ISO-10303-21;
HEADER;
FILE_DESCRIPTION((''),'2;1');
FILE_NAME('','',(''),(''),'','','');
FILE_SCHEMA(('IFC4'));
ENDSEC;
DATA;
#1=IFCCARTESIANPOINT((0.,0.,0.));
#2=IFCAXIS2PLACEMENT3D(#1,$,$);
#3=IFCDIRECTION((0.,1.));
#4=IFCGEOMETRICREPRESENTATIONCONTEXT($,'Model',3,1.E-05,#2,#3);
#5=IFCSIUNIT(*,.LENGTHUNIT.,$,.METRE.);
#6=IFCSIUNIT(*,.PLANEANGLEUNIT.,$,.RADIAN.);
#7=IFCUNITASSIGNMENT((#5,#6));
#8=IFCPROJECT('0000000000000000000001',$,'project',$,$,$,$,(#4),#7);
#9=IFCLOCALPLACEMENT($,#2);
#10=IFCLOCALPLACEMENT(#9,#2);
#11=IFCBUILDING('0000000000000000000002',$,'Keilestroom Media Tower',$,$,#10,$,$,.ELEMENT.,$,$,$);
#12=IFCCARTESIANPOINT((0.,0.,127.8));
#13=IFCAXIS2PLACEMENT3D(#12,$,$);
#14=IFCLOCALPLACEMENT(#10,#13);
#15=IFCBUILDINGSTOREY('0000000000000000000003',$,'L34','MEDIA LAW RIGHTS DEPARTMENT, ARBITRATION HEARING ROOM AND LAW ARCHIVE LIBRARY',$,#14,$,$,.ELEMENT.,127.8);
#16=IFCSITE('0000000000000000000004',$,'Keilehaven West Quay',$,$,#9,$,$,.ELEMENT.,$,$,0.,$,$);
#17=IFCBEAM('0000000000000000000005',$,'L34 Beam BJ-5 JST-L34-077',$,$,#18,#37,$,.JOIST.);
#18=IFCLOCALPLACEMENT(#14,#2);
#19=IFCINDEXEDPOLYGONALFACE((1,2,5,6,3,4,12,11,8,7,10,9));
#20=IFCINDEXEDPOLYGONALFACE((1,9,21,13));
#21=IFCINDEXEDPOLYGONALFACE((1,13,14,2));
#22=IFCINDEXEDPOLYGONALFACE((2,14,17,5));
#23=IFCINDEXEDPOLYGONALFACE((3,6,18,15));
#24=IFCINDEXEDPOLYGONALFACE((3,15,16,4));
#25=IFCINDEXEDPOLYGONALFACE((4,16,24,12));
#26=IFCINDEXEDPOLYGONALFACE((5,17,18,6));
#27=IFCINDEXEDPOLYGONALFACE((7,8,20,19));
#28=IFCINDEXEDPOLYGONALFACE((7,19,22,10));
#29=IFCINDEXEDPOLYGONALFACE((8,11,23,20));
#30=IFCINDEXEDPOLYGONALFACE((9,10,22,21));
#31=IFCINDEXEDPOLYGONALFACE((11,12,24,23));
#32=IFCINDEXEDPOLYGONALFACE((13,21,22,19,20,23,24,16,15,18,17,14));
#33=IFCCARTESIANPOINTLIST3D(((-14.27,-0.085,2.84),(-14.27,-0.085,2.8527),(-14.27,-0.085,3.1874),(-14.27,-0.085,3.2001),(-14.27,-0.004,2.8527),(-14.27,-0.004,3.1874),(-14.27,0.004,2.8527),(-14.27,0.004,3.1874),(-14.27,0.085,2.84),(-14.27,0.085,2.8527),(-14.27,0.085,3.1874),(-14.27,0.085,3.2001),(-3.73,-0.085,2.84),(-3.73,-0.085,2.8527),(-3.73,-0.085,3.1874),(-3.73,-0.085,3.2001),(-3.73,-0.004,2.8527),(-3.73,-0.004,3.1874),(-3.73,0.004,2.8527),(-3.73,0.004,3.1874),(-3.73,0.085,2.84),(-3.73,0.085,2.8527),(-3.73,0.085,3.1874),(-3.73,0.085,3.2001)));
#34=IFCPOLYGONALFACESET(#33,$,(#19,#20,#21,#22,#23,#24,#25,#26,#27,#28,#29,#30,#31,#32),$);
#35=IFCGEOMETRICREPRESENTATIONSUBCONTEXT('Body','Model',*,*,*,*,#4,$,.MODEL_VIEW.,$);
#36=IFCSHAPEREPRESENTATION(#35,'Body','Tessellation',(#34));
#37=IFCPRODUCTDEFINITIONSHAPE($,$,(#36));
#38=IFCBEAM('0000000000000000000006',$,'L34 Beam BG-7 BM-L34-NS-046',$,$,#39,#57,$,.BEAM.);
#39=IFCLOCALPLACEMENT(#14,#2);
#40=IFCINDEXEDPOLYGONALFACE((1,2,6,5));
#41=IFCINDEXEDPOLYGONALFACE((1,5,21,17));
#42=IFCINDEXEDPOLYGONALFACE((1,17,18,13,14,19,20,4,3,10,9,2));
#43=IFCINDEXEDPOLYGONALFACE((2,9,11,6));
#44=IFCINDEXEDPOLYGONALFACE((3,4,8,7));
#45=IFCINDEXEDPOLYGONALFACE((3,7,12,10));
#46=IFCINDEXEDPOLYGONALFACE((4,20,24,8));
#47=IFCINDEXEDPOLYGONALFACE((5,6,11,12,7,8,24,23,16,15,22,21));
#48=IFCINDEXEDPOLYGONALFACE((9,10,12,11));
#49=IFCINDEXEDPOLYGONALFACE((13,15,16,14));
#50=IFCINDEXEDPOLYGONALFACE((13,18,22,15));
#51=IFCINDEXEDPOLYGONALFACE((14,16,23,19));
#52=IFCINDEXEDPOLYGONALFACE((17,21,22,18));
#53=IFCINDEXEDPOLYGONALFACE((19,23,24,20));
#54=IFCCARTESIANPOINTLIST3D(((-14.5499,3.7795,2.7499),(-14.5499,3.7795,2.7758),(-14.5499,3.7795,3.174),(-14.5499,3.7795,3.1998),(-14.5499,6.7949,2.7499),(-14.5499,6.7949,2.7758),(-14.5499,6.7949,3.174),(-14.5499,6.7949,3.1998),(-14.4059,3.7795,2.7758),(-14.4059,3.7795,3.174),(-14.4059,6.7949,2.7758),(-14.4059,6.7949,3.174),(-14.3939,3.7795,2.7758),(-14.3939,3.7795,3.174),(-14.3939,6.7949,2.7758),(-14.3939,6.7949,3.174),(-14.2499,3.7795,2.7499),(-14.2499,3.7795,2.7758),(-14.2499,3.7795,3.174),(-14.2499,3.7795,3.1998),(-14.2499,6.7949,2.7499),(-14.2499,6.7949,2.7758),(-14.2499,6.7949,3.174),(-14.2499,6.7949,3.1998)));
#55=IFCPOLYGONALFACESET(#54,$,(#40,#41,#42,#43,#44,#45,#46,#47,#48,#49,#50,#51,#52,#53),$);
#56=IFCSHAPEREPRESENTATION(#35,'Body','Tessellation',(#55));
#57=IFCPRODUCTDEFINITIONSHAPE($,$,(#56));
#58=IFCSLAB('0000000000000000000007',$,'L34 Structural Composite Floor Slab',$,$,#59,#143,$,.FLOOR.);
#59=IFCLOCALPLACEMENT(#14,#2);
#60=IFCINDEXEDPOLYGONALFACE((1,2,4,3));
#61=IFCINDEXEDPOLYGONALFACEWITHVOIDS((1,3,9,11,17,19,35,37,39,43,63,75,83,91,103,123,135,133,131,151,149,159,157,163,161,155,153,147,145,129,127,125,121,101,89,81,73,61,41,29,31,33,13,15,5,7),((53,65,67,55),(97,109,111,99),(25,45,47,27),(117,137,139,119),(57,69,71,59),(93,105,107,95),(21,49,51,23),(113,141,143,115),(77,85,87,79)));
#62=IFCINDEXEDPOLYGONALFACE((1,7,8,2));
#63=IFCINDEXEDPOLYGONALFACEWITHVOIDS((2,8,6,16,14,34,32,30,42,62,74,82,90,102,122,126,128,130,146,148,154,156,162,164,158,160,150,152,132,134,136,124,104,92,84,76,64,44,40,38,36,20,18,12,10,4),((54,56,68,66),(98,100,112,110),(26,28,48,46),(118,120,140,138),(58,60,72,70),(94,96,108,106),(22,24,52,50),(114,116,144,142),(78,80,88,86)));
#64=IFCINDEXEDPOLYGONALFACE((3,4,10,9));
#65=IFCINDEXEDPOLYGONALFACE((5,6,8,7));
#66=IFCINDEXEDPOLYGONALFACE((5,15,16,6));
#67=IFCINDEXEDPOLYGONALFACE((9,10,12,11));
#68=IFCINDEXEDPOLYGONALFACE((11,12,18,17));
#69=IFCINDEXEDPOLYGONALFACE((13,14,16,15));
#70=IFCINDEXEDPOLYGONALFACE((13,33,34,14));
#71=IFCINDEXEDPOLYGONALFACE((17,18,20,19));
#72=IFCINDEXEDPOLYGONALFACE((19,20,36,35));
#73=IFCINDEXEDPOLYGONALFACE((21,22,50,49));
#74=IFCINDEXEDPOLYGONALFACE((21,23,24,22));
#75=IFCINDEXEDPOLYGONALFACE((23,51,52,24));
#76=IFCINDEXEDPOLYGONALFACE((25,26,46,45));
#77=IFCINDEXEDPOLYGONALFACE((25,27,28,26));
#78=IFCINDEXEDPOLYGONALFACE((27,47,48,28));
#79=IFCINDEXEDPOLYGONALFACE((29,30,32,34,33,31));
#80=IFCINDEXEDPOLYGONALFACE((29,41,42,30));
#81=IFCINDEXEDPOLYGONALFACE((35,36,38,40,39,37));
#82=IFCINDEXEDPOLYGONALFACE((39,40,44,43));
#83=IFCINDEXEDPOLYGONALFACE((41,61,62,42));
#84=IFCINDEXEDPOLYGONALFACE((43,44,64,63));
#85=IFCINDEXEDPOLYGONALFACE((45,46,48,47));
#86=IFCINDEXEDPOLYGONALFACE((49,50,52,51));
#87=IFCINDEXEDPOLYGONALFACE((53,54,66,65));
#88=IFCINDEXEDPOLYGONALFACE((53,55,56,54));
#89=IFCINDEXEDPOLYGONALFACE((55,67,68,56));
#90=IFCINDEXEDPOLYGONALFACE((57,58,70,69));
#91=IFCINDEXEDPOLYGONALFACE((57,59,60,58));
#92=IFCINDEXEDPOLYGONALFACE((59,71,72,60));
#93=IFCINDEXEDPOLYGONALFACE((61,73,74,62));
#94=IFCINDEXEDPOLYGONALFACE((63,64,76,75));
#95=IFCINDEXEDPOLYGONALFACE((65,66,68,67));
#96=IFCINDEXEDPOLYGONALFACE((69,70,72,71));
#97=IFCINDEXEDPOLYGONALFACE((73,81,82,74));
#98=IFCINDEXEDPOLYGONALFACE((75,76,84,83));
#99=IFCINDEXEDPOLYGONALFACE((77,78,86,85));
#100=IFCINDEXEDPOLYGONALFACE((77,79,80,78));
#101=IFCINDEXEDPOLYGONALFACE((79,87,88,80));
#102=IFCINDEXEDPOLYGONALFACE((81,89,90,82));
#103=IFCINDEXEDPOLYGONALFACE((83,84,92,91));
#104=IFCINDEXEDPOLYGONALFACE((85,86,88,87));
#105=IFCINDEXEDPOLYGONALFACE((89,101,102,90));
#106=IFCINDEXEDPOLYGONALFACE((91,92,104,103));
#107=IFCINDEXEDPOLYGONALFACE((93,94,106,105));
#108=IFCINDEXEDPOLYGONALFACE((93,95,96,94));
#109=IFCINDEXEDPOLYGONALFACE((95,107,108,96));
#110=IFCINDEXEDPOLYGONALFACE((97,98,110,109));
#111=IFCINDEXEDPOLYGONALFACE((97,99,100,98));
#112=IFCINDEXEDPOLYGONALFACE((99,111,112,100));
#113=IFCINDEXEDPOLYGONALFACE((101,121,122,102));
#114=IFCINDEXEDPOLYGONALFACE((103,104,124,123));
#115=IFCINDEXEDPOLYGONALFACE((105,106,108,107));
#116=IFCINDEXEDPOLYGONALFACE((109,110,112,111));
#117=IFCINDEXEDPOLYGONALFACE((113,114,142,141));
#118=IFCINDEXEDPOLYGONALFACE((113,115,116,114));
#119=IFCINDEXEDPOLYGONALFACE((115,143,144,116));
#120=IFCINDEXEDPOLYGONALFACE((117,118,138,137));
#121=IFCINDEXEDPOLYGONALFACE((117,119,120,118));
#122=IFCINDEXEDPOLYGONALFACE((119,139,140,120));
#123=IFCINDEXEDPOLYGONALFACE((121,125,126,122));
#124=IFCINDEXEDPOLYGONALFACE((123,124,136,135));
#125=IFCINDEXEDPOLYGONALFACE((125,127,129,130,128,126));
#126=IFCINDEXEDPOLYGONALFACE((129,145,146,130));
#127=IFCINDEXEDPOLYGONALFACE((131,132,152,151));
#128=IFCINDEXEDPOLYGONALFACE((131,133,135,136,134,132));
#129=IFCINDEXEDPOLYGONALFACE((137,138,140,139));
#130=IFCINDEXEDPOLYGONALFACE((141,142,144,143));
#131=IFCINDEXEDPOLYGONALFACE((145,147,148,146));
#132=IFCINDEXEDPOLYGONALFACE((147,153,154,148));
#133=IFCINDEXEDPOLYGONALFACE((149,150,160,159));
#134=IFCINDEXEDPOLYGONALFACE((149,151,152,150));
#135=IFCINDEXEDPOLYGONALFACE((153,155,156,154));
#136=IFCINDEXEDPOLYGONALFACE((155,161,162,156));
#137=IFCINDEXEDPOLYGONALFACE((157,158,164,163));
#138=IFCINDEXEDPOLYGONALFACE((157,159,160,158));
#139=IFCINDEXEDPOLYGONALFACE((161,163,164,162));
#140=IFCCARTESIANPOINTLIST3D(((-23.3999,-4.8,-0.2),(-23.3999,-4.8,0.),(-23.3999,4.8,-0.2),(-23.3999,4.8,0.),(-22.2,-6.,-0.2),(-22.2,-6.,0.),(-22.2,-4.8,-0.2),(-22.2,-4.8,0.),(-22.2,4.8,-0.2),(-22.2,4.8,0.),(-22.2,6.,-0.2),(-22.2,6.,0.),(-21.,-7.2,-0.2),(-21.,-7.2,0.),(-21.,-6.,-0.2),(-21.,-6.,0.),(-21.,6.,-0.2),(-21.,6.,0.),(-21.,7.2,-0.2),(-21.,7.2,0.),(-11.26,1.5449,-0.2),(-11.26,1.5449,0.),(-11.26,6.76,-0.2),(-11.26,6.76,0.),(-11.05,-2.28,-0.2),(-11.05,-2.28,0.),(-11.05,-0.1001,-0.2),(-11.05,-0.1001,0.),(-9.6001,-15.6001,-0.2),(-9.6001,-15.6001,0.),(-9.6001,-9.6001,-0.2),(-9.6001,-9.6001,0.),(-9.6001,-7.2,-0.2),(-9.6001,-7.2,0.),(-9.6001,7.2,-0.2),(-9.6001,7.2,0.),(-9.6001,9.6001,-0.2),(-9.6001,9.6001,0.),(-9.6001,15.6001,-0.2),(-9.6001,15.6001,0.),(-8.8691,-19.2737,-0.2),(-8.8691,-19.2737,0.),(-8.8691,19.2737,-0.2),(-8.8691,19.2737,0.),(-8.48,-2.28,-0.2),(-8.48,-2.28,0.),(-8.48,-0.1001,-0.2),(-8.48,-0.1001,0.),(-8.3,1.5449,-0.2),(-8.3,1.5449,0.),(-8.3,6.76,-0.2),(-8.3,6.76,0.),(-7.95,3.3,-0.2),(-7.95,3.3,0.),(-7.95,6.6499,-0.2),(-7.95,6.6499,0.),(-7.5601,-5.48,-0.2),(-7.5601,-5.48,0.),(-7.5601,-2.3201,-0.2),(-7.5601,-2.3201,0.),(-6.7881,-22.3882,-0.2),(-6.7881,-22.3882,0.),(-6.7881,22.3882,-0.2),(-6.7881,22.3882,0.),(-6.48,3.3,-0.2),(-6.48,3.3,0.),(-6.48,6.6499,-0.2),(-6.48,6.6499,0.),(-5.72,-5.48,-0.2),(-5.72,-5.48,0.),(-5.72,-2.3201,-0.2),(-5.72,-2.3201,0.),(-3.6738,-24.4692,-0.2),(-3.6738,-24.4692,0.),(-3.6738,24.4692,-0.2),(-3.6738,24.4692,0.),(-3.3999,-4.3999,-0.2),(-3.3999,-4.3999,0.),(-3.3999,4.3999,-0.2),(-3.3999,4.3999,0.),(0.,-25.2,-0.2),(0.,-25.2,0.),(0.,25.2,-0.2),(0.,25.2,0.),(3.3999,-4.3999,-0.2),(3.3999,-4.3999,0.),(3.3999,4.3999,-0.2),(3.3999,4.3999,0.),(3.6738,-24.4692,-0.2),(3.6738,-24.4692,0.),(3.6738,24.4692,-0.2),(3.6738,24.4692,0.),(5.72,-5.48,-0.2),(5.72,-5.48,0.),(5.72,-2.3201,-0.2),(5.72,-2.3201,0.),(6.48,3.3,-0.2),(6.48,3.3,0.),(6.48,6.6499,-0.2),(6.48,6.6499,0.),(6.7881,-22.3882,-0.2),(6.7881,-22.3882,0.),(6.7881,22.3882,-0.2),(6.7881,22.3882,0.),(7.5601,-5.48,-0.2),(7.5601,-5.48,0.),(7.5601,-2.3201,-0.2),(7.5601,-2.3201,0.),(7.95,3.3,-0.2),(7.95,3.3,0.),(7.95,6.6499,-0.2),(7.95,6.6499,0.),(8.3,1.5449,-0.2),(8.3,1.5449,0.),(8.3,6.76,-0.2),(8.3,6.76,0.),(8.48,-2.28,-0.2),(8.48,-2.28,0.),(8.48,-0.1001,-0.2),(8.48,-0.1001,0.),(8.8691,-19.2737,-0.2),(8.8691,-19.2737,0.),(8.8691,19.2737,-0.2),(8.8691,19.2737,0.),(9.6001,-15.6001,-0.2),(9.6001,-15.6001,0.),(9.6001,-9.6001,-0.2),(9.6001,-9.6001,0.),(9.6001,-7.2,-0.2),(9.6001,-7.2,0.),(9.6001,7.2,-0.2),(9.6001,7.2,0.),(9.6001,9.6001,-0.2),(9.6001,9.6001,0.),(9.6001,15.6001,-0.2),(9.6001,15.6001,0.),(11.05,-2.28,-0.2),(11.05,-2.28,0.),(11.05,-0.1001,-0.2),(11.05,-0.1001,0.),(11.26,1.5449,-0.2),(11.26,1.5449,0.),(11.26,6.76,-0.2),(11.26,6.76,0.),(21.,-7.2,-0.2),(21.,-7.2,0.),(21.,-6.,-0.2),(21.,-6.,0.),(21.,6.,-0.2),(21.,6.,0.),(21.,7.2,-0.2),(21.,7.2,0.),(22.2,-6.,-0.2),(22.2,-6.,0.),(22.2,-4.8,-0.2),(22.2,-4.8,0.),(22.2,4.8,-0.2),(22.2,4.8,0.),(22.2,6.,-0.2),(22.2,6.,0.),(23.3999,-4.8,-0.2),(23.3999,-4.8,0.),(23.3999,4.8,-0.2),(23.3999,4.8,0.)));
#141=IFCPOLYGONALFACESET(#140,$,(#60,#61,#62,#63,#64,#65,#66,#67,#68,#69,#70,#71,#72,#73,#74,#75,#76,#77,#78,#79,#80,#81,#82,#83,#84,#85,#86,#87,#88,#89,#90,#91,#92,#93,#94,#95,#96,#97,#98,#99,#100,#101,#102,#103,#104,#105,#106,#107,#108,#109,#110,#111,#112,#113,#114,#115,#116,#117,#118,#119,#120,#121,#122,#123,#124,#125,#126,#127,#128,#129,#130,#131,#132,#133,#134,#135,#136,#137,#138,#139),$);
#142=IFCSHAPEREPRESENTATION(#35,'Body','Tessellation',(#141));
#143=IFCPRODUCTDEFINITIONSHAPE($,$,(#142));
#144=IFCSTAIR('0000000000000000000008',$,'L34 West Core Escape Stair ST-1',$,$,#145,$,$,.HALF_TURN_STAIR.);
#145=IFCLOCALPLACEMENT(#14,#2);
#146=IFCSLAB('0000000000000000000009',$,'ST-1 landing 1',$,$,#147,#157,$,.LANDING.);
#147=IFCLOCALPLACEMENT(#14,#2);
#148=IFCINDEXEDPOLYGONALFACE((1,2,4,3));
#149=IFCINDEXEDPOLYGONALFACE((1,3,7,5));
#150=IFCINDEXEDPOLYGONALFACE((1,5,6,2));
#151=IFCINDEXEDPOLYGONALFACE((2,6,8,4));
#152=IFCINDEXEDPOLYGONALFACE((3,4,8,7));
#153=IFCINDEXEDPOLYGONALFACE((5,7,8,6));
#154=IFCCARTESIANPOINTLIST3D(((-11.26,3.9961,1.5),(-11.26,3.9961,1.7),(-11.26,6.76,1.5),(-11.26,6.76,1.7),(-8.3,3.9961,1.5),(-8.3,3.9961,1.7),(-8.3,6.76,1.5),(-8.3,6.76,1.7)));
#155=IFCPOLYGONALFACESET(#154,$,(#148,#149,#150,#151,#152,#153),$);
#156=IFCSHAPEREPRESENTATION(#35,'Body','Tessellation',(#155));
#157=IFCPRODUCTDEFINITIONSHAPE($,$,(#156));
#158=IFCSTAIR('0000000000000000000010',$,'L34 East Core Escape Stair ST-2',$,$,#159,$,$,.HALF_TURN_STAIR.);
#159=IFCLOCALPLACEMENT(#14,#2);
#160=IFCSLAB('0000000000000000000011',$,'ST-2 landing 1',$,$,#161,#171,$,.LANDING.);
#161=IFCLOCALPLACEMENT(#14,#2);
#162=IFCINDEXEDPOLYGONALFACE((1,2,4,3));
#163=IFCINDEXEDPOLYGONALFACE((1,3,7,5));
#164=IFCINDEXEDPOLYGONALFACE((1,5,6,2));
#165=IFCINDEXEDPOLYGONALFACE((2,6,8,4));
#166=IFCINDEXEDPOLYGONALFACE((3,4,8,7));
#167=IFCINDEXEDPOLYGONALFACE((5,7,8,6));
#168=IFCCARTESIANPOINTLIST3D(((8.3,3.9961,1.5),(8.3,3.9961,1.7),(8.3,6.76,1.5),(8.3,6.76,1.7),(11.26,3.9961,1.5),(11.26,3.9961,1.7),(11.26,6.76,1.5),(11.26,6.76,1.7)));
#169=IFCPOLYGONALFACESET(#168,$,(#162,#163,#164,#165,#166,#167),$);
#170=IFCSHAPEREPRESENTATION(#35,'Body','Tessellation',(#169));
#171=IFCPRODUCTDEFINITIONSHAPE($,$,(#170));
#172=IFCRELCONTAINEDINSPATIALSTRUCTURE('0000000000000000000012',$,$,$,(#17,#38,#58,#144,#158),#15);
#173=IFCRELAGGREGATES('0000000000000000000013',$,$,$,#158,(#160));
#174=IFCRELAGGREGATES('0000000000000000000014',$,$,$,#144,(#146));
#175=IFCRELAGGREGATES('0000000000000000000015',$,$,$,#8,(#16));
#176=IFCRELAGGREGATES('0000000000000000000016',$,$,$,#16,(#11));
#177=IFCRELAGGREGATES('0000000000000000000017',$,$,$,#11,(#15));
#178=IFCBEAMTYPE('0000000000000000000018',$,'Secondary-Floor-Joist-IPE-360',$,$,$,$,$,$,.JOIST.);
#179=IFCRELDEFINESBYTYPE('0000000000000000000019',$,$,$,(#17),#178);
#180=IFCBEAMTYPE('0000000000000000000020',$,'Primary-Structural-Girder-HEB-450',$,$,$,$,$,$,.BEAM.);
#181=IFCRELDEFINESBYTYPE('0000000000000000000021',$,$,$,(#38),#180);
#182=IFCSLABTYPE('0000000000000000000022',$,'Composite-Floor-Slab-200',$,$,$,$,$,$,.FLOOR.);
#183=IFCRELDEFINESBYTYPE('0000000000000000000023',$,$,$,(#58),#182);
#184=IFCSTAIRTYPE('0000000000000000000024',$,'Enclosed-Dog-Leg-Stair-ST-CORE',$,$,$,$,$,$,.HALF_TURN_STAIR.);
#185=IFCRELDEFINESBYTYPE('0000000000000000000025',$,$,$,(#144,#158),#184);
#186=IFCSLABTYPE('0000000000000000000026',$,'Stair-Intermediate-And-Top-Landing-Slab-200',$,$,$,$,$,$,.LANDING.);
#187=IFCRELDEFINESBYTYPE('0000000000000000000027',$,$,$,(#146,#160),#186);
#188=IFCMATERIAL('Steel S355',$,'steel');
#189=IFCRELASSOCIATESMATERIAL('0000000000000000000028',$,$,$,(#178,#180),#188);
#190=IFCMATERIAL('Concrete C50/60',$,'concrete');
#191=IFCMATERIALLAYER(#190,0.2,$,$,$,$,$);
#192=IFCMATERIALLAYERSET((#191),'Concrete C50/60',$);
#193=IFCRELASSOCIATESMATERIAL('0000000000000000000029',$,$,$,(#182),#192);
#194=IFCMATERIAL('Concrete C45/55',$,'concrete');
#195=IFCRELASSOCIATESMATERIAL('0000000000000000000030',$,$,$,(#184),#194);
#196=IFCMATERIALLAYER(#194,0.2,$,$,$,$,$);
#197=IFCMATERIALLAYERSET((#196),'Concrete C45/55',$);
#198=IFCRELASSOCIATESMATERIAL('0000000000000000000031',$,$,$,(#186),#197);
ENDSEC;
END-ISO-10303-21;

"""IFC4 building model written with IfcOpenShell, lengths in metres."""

from ifc_helpers import new_model, si_unit, direction, frame, origin, origin_2d, place, context, subcontext, project, spatial, polyline, i_section, outline, extrude, source, transform, mapped, material, layer, layer_set, material_profile, profile_set, type_object, element, aggregate, save


model = new_model("IFC4")

# Units and contexts
model_context = context("Model", 3, precision=1e-05, world=origin(), true_north=direction((0.0, 1.0)))
body_context = subcontext(model_context, "Body", "Model", "MODEL_VIEW")
ifc_project = project(units=[si_unit("LENGTHUNIT", "METRE"), si_unit("PLANEANGLEUNIT", "RADIAN")], contexts=[model_context])

# Site, building, storey
site_placement = place(None, origin())
site = spatial("IfcSite", under=ifc_project, at=site_placement, Name="Keilehaven West Quay", CompositionType="ELEMENT", RefElevation=0.0)
building_placement = place(site_placement, origin())
building = spatial("IfcBuilding", under=site, at=building_placement, Name="Keilestroom Media Tower", CompositionType="ELEMENT")
storey_placement = place(building_placement, frame((0.0, 0.0, 127.8)))
storey = spatial("IfcBuildingStorey", under=building, at=storey_placement, Name="L34", Description="MEDIA LAW RIGHTS DEPARTMENT, ARBITRATION HEARING ROOM AND LAW ARCHIVE LIBRARY", CompositionType="ELEMENT", Elevation=127.8)

# Beams
ifc_material_1 = material(Name="Steel S355", Category="steel")
ifc_material_profile_1 = material_profile(ifc_material_1, i_section(OverallWidth=0.1699, OverallDepth=0.3601, WebThickness=0.0081, FlangeThickness=0.0127, at=origin_2d()), Name="IPE 360")
ifc_profile_set_1 = profile_set([ifc_material_profile_1], Name="Steel S355")
beam_type_1 = type_object("IfcBeamType", Name="Secondary-Floor-Joist-IPE-360", PredefinedType="JOIST", material=ifc_profile_set_1)
shared_shape_1 = source(origin(), body_context, "Body", "SweptSolid", [
    extrude(i_section(OverallWidth=0.1699, OverallDepth=0.3601, WebThickness=0.0081, FlangeThickness=0.0127, at=origin_2d()), origin(), (0.0, 0.0, 1.0), 10.54),
])
beam_1_placement = place(storey_placement, frame((-14.27, 0.0, 3.02), z_axis=(1.0, 0.0, 0.0), x_axis=(0.0, 1.0, 0.0)))
element("IfcBeam", 1, at=beam_1_placement, inside=storey, type_object=beam_type_1, Name="L34 Beam BJ-5 JST-L34-077", PredefinedType="JOIST", context=body_context, shape_type="MappedRepresentation", body=[
    mapped(shared_shape_1, transform((0.0, 0.0, 0.0), x_axis=(1.0, 0.0, 0.0), y_axis=(0.0, 1.0, 0.0), z_axis=(0.0, 0.0, 1.0), scale=1.0)),
])
ifc_material_profile_2 = material_profile(ifc_material_1, i_section(OverallWidth=0.3, OverallDepth=0.45, WebThickness=0.012, FlangeThickness=0.0259, at=origin_2d()), Name="HEB 450")
ifc_profile_set_2 = profile_set([ifc_material_profile_2], Name="Steel S355")
beam_type_2 = type_object("IfcBeamType", Name="Primary-Structural-Girder-HEB-450", PredefinedType="BEAM", material=ifc_profile_set_2)
shared_shape_2 = source(origin(), body_context, "Body", "SweptSolid", [
    extrude(i_section(OverallWidth=0.3, OverallDepth=0.45, WebThickness=0.012, FlangeThickness=0.0259, at=origin_2d()), origin(), (0.0, 0.0, 1.0), 3.0154),
])
beam_2_placement = place(storey_placement, frame((-14.3999, 3.7795, 2.9749), z_axis=(0.0, 1.0, 0.0), x_axis=(-1.0, 0.0, 0.0)))
element("IfcBeam", 2, at=beam_2_placement, inside=storey, type_object=beam_type_2, Name="L34 Beam BG-7 BM-L34-NS-046", PredefinedType="BEAM", context=body_context, shape_type="MappedRepresentation", body=[
    mapped(shared_shape_2, transform((0.0, 0.0, 0.0), x_axis=(1.0, 0.0, 0.0), y_axis=(0.0, 1.0, 0.0), z_axis=(0.0, 0.0, 1.0), scale=1.0)),
])

# Slab
ifc_material_2 = material(Name="Concrete C50/60", Category="concrete")
ifc_layer_1 = layer(ifc_material_2, 0.2)
ifc_layer_set_1 = layer_set([ifc_layer_1], Name="Concrete C50/60")
slab_type_1 = type_object("IfcSlabType", Name="Composite-Floor-Slab-200", PredefinedType="FLOOR", material=ifc_layer_set_1)
slab_1_placement = place(storey_placement, frame((0.0, 0.0, -0.2)))
element("IfcSlab", 3, at=slab_1_placement, inside=storey, type_object=slab_type_1, Name="L34 Structural Composite Floor Slab", PredefinedType="FLOOR", context=body_context, shape_type="SweptSolid", body=[
    extrude(outline(polyline([(23.3999, -4.8), (23.3999, 4.8), (22.2, 4.8), (22.2, 6.0), (21.0, 6.0), (21.0, 7.2), (9.6001, 7.2), (9.6001, 9.6001), (9.6001, 15.6001), (8.8691, 19.2737), (6.7881, 22.3882), (3.6738, 24.4692), (0.0, 25.2), (-3.6738, 24.4692), (-6.7881, 22.3882), (-8.8691, 19.2737), (-9.6001, 15.6001), (-9.6001, 9.6001), (-9.6001, 7.2), (-21.0, 7.2), (-21.0, 6.0), (-22.2, 6.0), (-22.2, 4.8), (-23.3999, 4.8), (-23.3999, -4.8), (-22.2, -4.8), (-22.2, -6.0), (-21.0, -6.0), (-21.0, -7.2), (-9.6001, -7.2), (-9.6001, -9.6001), (-9.6001, -15.6001), (-8.8691, -19.2737), (-6.7881, -22.3882), (-3.6738, -24.4692), (0.0, -25.2), (3.6738, -24.4692), (6.7881, -22.3882), (8.8691, -19.2737), (9.6001, -15.6001), (9.6001, -9.6001), (9.6001, -7.2), (21.0, -7.2), (21.0, -6.0), (22.2, -6.0), (22.2, -4.8), (23.3999, -4.8)]), holes=[polyline([(-11.26, 1.5449), (-11.26, 6.76), (-8.3, 6.76), (-8.3, 1.5449), (-11.26, 1.5449)]), polyline([(-11.05, -2.28), (-11.05, -0.1001), (-8.48, -0.1001), (-8.48, -2.28), (-11.05, -2.28)]), polyline([(-7.95, 3.3), (-7.95, 6.6499), (-6.48, 6.6499), (-6.48, 3.3), (-7.95, 3.3)]), polyline([(-7.5601, -2.3201), (-5.72, -2.3201), (-5.72, -5.48), (-7.5601, -5.48), (-7.5601, -2.3201)]), polyline([(3.3999, -4.3999), (-3.3999, -4.3999), (-3.3999, 4.3999), (3.3999, 4.3999), (3.3999, -4.3999)]), polyline([(7.5601, -2.3201), (7.5601, -5.48), (5.72, -5.48), (5.72, -2.3201), (7.5601, -2.3201)]), polyline([(6.48, 3.3), (6.48, 6.6499), (7.95, 6.6499), (7.95, 3.3), (6.48, 3.3)]), polyline([(8.3, 1.5449), (8.3, 6.76), (11.26, 6.76), (11.26, 1.5449), (8.3, 1.5449)]), polyline([(8.48, -2.28), (8.48, -0.1001), (11.05, -0.1001), (11.05, -2.28), (8.48, -2.28)])]), origin(), (0.0, 0.0, 1.0), 0.2),
])

# Stairs, slabs
ifc_material_3 = material(Name="Concrete C45/55", Category="concrete")
stair_type = type_object("IfcStairType", Name="Enclosed-Dog-Leg-Stair-ST-CORE", PredefinedType="HALF_TURN_STAIR", material=ifc_material_3)
stair_1_placement = place(storey_placement, origin())
stair_1 = element("IfcStair", 4, at=stair_1_placement, inside=storey, type_object=stair_type, Name="L34 West Core Escape Stair ST-1", PredefinedType="HALF_TURN_STAIR")
ifc_layer_2 = layer(ifc_material_3, 0.2)
ifc_layer_set_2 = layer_set([ifc_layer_2], Name="Concrete C45/55")
slab_type_2 = type_object("IfcSlabType", Name="Stair-Intermediate-And-Top-Landing-Slab-200", PredefinedType="LANDING", material=ifc_layer_set_2)
slab_2_placement = place(storey_placement, frame((0.0, 0.0, 1.5)))
slab_2 = element("IfcSlab", 5, at=slab_2_placement, type_object=slab_type_2, Name="ST-1 landing 1", PredefinedType="LANDING", context=body_context, shape_type="SweptSolid", body=[
    extrude(outline(polyline([(-8.3, 3.9961), (-8.3, 6.76), (-11.26, 6.76), (-11.26, 3.9961), (-8.3, 3.9961)])), origin(), (0.0, 0.0, 1.0), 0.2),
])
stair_2_placement = place(storey_placement, origin())
stair_2 = element("IfcStair", 6, at=stair_2_placement, inside=storey, type_object=stair_type, Name="L34 East Core Escape Stair ST-2", PredefinedType="HALF_TURN_STAIR")
slab_3_placement = place(storey_placement, frame((0.0, 0.0, 1.5)))
slab_3 = element("IfcSlab", 7, at=slab_3_placement, type_object=slab_type_2, Name="ST-2 landing 1", PredefinedType="LANDING", context=body_context, shape_type="SweptSolid", body=[
    extrude(outline(polyline([(11.26, 3.9961), (11.26, 6.76), (8.3, 6.76), (8.3, 3.9961), (11.26, 3.9961)])), origin(), (0.0, 0.0, 1.0), 0.2),
])
aggregate(stair_2, [slab_3])

aggregate(stair_1, [slab_2])

save(model, "model.ifc")
